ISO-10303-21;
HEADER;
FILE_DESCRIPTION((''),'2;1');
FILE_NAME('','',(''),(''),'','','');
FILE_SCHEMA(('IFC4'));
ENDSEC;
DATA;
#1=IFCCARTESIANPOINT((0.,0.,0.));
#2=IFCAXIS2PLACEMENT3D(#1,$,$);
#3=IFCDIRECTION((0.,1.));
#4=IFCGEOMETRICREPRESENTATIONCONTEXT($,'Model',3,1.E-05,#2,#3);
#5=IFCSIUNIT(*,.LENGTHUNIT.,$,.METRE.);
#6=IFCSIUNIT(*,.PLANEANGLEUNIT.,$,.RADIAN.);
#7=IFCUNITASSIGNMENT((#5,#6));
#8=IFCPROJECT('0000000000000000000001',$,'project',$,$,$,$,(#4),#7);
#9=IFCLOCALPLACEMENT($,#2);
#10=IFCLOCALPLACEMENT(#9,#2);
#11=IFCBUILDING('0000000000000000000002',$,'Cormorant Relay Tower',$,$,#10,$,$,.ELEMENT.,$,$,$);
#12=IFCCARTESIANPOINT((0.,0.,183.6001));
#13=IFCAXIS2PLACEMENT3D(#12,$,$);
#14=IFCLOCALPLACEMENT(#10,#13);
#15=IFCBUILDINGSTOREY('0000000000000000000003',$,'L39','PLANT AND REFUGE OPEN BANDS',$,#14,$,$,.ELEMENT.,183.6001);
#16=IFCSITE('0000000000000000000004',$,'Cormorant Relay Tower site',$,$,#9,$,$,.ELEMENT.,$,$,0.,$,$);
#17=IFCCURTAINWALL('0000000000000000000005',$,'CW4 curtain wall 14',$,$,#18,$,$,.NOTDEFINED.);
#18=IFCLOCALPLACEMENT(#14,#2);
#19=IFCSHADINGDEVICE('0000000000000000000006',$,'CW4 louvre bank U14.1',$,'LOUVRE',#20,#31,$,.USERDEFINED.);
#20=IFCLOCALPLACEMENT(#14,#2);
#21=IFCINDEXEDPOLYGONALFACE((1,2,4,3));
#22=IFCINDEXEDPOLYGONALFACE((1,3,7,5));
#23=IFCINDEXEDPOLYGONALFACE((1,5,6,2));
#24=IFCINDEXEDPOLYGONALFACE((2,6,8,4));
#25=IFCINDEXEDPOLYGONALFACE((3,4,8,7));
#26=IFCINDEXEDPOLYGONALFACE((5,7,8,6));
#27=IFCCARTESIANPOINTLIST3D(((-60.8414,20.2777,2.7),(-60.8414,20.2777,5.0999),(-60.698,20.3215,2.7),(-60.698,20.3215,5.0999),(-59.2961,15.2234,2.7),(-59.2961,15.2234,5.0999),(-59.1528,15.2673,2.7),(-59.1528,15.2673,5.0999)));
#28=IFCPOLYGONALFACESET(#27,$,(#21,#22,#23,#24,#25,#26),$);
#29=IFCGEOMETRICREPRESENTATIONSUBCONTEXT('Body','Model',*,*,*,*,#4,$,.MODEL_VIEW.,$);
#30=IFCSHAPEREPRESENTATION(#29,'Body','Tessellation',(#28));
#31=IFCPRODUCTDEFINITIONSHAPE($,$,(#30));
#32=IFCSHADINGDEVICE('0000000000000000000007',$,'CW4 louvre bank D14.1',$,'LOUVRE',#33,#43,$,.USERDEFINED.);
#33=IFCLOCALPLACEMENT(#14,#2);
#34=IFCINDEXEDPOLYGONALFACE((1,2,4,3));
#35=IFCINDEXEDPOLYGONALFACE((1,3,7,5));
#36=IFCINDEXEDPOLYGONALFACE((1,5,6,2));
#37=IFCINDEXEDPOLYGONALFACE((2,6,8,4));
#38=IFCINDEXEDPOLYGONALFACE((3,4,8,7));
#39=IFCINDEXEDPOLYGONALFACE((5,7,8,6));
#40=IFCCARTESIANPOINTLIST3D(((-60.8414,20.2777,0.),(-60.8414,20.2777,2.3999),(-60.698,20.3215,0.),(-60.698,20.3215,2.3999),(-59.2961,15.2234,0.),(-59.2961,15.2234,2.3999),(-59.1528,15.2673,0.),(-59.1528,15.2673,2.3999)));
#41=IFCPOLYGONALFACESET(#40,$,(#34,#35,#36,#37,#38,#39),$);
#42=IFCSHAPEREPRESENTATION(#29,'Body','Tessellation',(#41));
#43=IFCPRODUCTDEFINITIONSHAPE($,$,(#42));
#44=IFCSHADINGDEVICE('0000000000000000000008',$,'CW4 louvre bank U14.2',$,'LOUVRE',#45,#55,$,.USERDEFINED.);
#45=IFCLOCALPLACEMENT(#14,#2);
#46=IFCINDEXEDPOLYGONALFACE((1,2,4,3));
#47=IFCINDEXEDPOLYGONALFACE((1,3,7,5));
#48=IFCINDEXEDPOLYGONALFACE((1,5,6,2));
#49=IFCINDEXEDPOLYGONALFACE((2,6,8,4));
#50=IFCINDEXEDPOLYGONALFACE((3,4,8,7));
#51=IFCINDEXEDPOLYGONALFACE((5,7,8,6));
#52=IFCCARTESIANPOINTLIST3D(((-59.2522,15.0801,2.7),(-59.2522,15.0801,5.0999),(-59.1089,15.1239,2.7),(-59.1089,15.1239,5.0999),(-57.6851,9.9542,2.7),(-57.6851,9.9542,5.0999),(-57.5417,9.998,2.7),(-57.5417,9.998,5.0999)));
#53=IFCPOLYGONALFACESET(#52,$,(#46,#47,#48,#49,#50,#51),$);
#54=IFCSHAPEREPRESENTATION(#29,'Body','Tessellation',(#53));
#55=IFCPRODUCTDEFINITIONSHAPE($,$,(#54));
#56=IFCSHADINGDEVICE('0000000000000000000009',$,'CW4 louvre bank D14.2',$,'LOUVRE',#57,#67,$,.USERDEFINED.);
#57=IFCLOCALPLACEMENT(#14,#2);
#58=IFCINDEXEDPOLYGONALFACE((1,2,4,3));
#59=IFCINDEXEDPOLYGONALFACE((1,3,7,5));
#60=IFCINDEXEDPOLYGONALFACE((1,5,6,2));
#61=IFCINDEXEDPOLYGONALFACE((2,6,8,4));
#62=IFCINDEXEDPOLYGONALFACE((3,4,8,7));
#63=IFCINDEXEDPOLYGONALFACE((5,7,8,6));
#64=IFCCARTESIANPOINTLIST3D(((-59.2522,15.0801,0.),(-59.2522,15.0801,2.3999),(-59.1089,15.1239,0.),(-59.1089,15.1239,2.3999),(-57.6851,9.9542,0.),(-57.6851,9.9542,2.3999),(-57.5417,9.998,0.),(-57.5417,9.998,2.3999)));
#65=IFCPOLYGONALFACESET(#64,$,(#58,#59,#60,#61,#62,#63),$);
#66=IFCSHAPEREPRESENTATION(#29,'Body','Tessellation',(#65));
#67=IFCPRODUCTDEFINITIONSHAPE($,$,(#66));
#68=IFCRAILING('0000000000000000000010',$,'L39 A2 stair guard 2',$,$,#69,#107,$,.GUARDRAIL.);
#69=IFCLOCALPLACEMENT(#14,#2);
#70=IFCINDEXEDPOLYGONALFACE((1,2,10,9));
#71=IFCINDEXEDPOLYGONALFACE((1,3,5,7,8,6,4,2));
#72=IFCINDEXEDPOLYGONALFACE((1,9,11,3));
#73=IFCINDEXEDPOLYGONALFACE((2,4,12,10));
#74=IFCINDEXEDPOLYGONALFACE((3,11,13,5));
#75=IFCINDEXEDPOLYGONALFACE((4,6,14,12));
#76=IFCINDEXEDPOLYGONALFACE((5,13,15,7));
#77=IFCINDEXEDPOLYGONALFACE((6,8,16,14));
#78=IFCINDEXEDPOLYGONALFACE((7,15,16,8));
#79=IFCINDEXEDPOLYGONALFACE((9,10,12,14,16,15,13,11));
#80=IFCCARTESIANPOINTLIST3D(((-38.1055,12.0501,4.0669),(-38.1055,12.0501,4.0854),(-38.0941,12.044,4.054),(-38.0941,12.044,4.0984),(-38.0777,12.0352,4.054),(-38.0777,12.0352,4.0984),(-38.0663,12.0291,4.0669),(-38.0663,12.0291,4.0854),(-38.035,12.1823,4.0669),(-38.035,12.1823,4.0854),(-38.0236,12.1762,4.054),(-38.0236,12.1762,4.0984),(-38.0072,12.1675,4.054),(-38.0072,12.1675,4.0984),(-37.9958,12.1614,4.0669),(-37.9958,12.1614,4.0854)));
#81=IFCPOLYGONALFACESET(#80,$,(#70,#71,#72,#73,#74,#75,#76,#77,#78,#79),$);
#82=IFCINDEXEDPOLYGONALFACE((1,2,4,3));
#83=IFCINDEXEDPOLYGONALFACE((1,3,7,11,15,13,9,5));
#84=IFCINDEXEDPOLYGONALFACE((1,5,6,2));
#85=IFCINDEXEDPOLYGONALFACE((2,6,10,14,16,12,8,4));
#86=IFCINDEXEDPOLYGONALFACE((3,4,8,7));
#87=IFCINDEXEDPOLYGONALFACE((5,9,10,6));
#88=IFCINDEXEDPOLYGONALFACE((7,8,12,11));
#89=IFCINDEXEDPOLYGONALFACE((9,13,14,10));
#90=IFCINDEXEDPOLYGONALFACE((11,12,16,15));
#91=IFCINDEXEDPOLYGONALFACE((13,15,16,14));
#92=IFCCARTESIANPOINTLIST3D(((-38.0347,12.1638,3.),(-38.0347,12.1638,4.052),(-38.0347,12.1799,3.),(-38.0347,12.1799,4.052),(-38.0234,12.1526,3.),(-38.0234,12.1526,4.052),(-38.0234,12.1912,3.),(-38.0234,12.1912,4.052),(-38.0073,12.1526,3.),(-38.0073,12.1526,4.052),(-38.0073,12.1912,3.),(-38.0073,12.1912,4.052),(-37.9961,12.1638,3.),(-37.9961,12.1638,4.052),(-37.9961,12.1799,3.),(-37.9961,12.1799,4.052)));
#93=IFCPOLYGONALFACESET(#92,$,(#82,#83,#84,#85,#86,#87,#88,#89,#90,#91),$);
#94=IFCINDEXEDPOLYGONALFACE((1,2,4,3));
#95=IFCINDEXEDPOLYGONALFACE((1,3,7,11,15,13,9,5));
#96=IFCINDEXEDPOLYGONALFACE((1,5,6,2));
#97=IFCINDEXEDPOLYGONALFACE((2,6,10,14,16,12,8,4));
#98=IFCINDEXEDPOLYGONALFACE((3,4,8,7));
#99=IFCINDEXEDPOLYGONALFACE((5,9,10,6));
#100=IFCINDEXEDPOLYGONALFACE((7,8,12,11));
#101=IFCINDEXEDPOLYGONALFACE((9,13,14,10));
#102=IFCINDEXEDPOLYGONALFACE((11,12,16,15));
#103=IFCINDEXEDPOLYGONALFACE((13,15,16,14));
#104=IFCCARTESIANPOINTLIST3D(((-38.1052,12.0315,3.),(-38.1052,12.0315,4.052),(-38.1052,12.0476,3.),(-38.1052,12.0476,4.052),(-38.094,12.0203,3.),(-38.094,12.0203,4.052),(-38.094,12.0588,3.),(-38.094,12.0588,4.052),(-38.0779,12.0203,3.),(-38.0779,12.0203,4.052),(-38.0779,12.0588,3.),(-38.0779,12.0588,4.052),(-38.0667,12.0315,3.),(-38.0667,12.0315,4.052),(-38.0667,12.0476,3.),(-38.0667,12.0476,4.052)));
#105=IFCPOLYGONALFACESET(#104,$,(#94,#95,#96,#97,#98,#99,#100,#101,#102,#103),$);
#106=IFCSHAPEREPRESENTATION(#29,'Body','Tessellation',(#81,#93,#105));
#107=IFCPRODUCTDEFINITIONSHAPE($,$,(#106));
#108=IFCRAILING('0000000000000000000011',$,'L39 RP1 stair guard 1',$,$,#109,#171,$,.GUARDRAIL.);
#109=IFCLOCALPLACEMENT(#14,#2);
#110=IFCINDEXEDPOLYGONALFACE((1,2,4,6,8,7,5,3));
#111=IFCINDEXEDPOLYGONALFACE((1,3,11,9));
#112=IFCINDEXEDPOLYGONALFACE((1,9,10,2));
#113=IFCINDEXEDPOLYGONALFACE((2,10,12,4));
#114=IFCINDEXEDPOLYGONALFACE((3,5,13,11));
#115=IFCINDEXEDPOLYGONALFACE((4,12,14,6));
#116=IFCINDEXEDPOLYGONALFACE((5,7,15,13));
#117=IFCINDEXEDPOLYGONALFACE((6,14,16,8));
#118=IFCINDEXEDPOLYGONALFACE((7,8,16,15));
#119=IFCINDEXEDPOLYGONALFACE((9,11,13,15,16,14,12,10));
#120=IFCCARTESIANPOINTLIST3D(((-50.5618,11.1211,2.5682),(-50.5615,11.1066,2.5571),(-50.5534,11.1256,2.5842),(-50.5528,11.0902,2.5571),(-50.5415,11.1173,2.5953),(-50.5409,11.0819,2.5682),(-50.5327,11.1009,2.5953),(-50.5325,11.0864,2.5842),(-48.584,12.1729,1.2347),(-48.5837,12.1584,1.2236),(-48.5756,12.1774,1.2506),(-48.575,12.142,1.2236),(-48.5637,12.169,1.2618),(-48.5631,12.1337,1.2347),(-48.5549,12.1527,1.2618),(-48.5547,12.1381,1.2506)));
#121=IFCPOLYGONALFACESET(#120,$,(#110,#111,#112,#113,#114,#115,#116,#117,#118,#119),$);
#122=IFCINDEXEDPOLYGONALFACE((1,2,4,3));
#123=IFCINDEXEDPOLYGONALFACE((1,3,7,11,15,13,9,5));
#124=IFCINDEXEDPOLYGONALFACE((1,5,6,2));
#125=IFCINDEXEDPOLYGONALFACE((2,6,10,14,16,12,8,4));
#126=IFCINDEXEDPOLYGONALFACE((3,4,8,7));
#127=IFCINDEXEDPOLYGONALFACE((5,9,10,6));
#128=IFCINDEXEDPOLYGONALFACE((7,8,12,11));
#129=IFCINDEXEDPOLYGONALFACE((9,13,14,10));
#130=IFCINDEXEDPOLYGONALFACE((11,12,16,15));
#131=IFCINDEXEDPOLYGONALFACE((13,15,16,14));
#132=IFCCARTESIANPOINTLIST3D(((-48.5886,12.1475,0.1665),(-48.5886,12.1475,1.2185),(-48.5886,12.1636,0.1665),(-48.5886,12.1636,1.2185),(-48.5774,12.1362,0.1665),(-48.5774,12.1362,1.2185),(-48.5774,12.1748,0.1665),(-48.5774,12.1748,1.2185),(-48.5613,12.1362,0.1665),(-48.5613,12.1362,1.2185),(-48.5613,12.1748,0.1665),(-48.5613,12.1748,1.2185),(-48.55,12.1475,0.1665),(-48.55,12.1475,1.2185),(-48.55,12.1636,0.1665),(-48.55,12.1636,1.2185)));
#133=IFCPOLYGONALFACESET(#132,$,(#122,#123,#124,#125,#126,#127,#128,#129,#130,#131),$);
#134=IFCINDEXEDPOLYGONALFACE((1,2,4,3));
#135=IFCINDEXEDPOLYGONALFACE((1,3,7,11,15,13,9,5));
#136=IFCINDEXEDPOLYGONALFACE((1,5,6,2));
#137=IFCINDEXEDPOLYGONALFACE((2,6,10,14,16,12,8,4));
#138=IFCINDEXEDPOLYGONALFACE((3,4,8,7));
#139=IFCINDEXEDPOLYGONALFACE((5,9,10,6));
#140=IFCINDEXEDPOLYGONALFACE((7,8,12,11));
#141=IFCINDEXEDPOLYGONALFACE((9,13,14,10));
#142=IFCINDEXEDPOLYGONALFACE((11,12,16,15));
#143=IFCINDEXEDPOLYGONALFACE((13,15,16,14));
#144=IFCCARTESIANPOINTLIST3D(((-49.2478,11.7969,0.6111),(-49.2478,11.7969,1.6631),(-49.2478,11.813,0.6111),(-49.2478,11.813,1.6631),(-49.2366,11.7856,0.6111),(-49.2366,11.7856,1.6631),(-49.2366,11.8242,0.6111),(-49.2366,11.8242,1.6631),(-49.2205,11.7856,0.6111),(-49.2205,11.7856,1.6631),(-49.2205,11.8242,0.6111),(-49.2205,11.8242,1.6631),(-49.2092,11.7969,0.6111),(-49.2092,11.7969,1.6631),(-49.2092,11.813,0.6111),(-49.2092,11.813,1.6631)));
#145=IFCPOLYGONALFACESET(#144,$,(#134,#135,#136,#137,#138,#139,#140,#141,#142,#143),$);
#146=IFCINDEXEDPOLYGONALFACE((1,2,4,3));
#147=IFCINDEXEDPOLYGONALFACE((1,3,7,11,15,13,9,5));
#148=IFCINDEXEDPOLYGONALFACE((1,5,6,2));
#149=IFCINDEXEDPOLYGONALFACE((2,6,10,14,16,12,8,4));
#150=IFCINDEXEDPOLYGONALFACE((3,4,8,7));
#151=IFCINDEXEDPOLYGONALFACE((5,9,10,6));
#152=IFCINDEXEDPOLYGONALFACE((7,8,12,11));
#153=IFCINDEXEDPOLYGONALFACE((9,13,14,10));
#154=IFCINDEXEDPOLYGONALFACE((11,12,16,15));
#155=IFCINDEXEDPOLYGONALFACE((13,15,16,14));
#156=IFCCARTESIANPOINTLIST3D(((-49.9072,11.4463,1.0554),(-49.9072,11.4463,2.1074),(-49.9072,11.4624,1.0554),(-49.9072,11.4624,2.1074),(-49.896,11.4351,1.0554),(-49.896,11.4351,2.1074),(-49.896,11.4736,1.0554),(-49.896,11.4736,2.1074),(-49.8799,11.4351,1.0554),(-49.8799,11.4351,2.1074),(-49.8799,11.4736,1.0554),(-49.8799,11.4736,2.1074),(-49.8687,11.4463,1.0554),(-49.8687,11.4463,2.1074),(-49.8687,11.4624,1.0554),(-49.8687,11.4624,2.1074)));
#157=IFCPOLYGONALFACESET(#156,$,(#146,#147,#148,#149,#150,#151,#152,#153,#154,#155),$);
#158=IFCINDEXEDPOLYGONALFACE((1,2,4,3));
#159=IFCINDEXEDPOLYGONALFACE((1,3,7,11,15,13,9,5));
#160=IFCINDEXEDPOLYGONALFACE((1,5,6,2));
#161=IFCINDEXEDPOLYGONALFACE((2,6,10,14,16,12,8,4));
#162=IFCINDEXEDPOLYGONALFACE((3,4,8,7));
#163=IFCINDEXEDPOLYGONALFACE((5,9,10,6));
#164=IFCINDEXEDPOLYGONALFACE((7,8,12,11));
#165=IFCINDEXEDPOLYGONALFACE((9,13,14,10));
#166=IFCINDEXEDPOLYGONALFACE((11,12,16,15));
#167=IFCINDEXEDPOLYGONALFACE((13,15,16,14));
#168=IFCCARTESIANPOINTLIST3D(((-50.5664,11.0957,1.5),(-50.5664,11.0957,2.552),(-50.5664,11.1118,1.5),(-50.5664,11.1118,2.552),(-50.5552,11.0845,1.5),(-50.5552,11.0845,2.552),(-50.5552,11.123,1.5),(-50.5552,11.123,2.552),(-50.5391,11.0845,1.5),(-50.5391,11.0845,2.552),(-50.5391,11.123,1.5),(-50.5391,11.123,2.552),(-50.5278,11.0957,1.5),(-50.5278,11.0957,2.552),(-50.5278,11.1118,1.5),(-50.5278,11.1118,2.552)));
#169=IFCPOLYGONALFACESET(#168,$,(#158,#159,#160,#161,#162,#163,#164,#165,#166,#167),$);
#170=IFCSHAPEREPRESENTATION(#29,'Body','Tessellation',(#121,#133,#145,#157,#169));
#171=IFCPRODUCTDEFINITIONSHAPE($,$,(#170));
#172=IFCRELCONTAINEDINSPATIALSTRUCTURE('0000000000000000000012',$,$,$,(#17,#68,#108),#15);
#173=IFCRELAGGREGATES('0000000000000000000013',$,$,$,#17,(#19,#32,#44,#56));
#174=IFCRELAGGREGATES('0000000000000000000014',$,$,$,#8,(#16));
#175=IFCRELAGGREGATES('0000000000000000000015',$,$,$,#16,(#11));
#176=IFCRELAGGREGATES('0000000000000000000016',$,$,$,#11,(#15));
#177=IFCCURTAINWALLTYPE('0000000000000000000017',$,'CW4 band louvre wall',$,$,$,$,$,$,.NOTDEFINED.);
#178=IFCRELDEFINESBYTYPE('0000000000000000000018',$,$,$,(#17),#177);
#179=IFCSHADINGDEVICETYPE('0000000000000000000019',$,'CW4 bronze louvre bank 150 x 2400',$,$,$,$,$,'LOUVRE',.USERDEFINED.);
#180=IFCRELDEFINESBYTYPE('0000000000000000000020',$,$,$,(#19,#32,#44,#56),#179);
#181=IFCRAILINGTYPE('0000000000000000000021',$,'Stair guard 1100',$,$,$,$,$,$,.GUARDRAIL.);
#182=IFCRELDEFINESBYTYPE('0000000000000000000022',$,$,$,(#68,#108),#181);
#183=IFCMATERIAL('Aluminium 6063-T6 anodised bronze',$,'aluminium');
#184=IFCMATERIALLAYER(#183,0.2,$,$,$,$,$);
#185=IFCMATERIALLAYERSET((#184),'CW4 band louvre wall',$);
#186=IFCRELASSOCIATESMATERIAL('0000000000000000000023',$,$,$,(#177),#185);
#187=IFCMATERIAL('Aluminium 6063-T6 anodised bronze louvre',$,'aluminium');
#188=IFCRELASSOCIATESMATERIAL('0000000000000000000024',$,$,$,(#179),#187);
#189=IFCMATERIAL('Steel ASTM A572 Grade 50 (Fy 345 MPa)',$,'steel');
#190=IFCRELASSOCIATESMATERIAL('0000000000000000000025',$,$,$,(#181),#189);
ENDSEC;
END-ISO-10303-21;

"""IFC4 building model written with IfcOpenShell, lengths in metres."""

from ifc_helpers import new_model, si_unit, direction, frame, origin, origin_2d, place, context, subcontext, project, spatial, polyline, rectangle, outline, extrude, material, layer, layer_set, type_object, element, aggregate, save


model = new_model("IFC4")

# Units and contexts
model_context = context("Model", 3, precision=1e-05, world=origin(), true_north=direction((0.0, 1.0)))
body_context = subcontext(model_context, "Body", "Model", "MODEL_VIEW")
ifc_project = project(units=[si_unit("LENGTHUNIT", "METRE"), si_unit("PLANEANGLEUNIT", "RADIAN")], contexts=[model_context])

# Site, building, storey
site_placement = place(None, origin())
site = spatial("IfcSite", under=ifc_project, at=site_placement, Name="Cormorant Relay Tower site", CompositionType="ELEMENT", RefElevation=0.0)
building_placement = place(site_placement, origin())
building = spatial("IfcBuilding", under=site, at=building_placement, Name="Cormorant Relay Tower", CompositionType="ELEMENT")
storey_placement = place(building_placement, frame((0.0, 0.0, 183.6001)))
storey = spatial("IfcBuildingStorey", under=building, at=storey_placement, Name="L39", Description="PLANT AND REFUGE OPEN BANDS", CompositionType="ELEMENT", Elevation=183.6001)

# Shared definitions
ifc_material_1 = material(Name="Aluminium 6063-T6 anodised bronze", Category="aluminium")
ifc_layer_1 = layer(ifc_material_1, 0.2)
ifc_layer_set_1 = layer_set([ifc_layer_1], Name="CW4 band louvre wall")
curtain_wall_type = type_object("IfcCurtainWallType", Name="CW4 band louvre wall", PredefinedType="NOTDEFINED", material=ifc_layer_set_1)

# Curtain wall
curtain_wall_1_placement = place(storey_placement, origin())
curtain_wall_1 = element("IfcCurtainWall", 1, at=curtain_wall_1_placement, inside=storey, type_object=curtain_wall_type, Name="CW4 curtain wall 14", PredefinedType="NOTDEFINED")

# Shading devices
ifc_material_2 = material(Name="Aluminium 6063-T6 anodised bronze louvre", Category="aluminium")
shading_device_type = type_object("IfcShadingDeviceType", Name="CW4 bronze louvre bank 150 x 2400", ElementType="LOUVRE", PredefinedType="USERDEFINED", material=ifc_material_2)
shading_device_1_placement = place(storey_placement, frame((-59.9971, 17.7725, 2.7), z_axis=(0.0, 0.0, 1.0), x_axis=(0.292372, -0.956305, 0.0)))
shading_device_1 = element("IfcShadingDevice", 2, at=shading_device_1_placement, type_object=shading_device_type, Name="CW4 louvre bank U14.1", ObjectType="LOUVRE", PredefinedType="USERDEFINED", context=body_context, shape_type="SweptSolid", body=[
    extrude(rectangle(XDim=5.2852, YDim=0.1499, at=origin_2d()), origin(), (0.0, 0.0, 1.0), 2.3999),
])
shading_device_2_placement = place(storey_placement, frame((-59.9971, 17.7725, 0.0), z_axis=(0.0, 0.0, 1.0), x_axis=(0.292372, -0.956305, 0.0)))
shading_device_2 = element("IfcShadingDevice", 3, at=shading_device_2_placement, type_object=shading_device_type, Name="CW4 louvre bank D14.1", ObjectType="LOUVRE", PredefinedType="USERDEFINED", context=body_context, shape_type="SweptSolid", body=[
    extrude(rectangle(XDim=5.2852, YDim=0.1499, at=origin_2d()), origin(), (0.0, 0.0, 1.0), 2.3999),
])
shading_device_3_placement = place(storey_placement, frame((-58.397, 12.5391, 2.7), z_axis=(0.0, 0.0, 1.0), x_axis=(0.292372, -0.956305, 0.0)))
shading_device_3 = element("IfcShadingDevice", 4, at=shading_device_3_placement, type_object=shading_device_type, Name="CW4 louvre bank U14.2", ObjectType="LOUVRE", PredefinedType="USERDEFINED", context=body_context, shape_type="SweptSolid", body=[
    extrude(rectangle(XDim=5.3601, YDim=0.1499, at=origin_2d()), origin(), (0.0, 0.0, 1.0), 2.3999),
])
shading_device_4_placement = place(storey_placement, frame((-58.397, 12.5391, 0.0), z_axis=(0.0, 0.0, 1.0), x_axis=(0.292372, -0.956305, 0.0)))
shading_device_4 = element("IfcShadingDevice", 5, at=shading_device_4_placement, type_object=shading_device_type, Name="CW4 louvre bank D14.2", ObjectType="LOUVRE", PredefinedType="USERDEFINED", context=body_context, shape_type="SweptSolid", body=[
    extrude(rectangle(XDim=5.3601, YDim=0.1499, at=origin_2d()), origin(), (0.0, 0.0, 1.0), 2.3999),
])
aggregate(curtain_wall_1, [shading_device_1, shading_device_2, shading_device_3, shading_device_4])

# Railings
ifc_material_3 = material(Name="Steel ASTM A572 Grade 50 (Fy 345 MPa)", Category="steel")
railing_type_1 = type_object("IfcRailingType", Name="Stair guard 1100", PredefinedType="GUARDRAIL", material=ifc_material_3)
railing_1_placement = place(storey_placement, frame((-38.0154, 12.1719, 3.0)))
element("IfcRailing", 6, at=railing_1_placement, inside=storey, type_object=railing_type_1, Name="L39 A2 stair guard 2", PredefinedType="GUARDRAIL", context=body_context, shape_type="SweptSolid", body=[
    extrude(outline(polyline([(0.0222, 0.0093), (0.0093, 0.0222), (-0.0093, 0.0222), (-0.0222, 0.0093), (-0.0222, -0.0093), (-0.0093, -0.0222), (0.0093, -0.0222), (0.0222, -0.0093), (0.0222, 0.0093)])), frame((0.0, 0.0, 1.0762), z_axis=(-0.470504, -0.882398, 0.0), x_axis=(0.882398, -0.470504, 0.0)), (0.0, 0.0, 1.0), 0.1499),
    extrude(outline(polyline([(0.0193, 0.0081), (0.0081, 0.0193), (-0.0081, 0.0193), (-0.0193, 0.0081), (-0.0193, -0.0081), (-0.0081, -0.0193), (0.0081, -0.0193), (0.0193, -0.0081), (0.0193, 0.0081)])), origin(), (0.0, 0.0, 1.0), 1.052),
    extrude(outline(polyline([(0.0193, 0.0081), (0.0081, 0.0193), (-0.0081, 0.0193), (-0.0193, 0.0081), (-0.0193, -0.0081), (-0.0081, -0.0193), (0.0081, -0.0193), (0.0193, -0.0081), (0.0193, 0.0081)])), frame((-0.0706, -0.1323, 0.0)), (0.0, 0.0, 1.0), 1.052),
])
railing_2_placement = place(storey_placement, frame((-48.5693, 12.1555, 0.1665)))
element("IfcRailing", 7, at=railing_2_placement, inside=storey, type_object=railing_type_1, Name="L39 RP1 stair guard 1", PredefinedType="GUARDRAIL", context=body_context, shape_type="SweptSolid", body=[
    extrude(outline(polyline([(0.0222, 0.0093), (0.0093, 0.0222), (-0.0093, 0.0222), (-0.0222, 0.0093), (-0.0222, -0.0093), (-0.0093, -0.0222), (0.0093, -0.0222), (0.0222, -0.0093), (0.0222, 0.0093)])), frame((0.0, 0.0, 1.0762), z_axis=(-0.758667, -0.403448, 0.511522), x_axis=(0.469524, -0.882919, 0.0)), (0.0, 0.0, 1.0), 2.6069),
    extrude(outline(polyline([(0.0193, 0.0081), (0.0081, 0.0193), (-0.0081, 0.0193), (-0.0193, 0.0081), (-0.0193, -0.0081), (-0.0081, -0.0193), (0.0081, -0.0193), (0.0193, -0.0081), (0.0193, 0.0081)])), origin(), (0.0, 0.0, 1.0), 1.052),
    extrude(outline(polyline([(0.0193, 0.0081), (0.0081, 0.0193), (-0.0081, 0.0193), (-0.0193, 0.0081), (-0.0193, -0.0081), (-0.0081, -0.0193), (0.0081, -0.0193), (0.0193, -0.0081), (0.0193, 0.0081)])), frame((-0.6592, -0.3506, 0.4446)), (0.0, 0.0, 1.0), 1.052),
    extrude(outline(polyline([(0.0193, 0.0081), (0.0081, 0.0193), (-0.0081, 0.0193), (-0.0193, 0.0081), (-0.0193, -0.0081), (-0.0081, -0.0193), (0.0081, -0.0193), (0.0193, -0.0081), (0.0193, 0.0081)])), frame((-1.3186, -0.7012, 0.8889)), (0.0, 0.0, 1.0), 1.052),
    extrude(outline(polyline([(0.0193, 0.0081), (0.0081, 0.0193), (-0.0081, 0.0193), (-0.0193, 0.0081), (-0.0193, -0.0081), (-0.0081, -0.0193), (0.0081, -0.0193), (0.0193, -0.0081), (0.0193, 0.0081)])), frame((-1.9778, -1.0518, 1.3335)), (0.0, 0.0, 1.0), 1.052),
])

save(model, "model.ifc")
